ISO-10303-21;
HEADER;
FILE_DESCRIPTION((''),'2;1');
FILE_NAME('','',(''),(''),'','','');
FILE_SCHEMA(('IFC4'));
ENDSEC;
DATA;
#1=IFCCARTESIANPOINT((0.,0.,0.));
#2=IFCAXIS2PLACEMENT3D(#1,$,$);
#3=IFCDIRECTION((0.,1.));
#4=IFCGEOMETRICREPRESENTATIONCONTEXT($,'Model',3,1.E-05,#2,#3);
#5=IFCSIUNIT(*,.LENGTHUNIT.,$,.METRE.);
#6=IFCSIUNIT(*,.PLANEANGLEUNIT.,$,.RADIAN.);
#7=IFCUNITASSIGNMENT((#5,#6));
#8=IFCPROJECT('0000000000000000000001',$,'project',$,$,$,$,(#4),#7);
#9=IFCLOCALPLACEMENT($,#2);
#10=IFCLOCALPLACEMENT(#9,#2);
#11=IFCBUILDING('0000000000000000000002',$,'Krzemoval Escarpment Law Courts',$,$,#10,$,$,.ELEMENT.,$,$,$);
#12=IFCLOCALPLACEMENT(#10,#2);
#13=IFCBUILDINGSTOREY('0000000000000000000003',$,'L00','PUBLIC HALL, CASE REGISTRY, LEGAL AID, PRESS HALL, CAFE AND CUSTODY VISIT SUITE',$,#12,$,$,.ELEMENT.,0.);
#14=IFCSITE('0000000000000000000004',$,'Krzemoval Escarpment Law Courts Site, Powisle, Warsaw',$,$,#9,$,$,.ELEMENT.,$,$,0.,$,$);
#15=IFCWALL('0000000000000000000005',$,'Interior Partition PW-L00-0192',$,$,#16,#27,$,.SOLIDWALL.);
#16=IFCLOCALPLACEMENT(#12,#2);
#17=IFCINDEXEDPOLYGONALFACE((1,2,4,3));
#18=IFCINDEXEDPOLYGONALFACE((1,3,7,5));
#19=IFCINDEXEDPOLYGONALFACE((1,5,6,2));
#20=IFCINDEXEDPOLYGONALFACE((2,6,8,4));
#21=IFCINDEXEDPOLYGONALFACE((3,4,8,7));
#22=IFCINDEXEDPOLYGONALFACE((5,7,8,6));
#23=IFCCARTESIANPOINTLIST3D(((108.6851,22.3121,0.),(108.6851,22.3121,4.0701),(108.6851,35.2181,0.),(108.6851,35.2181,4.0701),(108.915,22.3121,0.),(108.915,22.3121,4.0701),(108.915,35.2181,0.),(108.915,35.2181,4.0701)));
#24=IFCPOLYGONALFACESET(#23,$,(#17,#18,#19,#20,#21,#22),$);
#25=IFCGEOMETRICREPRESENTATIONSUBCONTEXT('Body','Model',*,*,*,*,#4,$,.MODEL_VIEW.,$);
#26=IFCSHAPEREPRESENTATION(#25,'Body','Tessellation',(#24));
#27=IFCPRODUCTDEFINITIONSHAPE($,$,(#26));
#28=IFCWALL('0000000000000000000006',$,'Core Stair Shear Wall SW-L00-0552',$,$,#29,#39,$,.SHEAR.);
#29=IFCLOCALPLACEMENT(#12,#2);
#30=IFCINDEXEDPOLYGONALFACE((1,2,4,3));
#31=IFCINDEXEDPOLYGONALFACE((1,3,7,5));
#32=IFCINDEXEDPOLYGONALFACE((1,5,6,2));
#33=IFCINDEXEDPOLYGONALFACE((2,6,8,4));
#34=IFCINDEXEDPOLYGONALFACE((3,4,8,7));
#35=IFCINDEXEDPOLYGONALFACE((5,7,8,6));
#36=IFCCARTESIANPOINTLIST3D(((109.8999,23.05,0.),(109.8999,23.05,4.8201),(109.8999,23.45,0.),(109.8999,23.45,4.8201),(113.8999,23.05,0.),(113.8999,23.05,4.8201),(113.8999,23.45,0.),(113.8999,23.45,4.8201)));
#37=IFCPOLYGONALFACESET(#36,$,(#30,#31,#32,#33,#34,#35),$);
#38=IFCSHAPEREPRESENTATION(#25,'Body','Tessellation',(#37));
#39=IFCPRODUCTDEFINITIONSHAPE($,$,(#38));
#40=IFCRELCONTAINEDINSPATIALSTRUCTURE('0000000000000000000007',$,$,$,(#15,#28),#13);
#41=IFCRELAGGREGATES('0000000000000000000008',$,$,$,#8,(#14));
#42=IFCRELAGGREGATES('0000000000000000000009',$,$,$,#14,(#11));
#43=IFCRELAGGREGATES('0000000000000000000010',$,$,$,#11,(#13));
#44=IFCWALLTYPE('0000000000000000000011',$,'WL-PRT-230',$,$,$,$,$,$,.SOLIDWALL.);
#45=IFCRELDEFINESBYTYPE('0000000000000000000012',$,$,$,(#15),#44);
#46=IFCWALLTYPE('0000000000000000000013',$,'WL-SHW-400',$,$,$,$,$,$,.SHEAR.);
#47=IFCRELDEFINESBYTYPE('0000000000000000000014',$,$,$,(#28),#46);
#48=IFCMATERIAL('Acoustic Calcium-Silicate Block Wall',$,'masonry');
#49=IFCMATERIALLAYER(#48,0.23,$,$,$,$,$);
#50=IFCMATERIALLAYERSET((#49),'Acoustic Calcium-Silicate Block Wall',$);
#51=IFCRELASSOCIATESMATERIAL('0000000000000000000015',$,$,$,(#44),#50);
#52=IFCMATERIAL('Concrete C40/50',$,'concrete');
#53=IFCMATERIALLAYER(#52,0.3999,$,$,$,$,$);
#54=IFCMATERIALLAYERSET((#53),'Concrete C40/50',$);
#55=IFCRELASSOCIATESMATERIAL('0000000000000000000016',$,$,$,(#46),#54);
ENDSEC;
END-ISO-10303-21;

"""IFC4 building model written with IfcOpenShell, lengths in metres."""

from ifc_helpers import new_model, si_unit, direction, frame, frame_2d, origin, place, context, subcontext, project, spatial, rectangle, extrude, material, layer, layer_set, type_object, element, save


model = new_model("IFC4")

# Units and contexts
model_context = context("Model", 3, precision=1e-05, world=origin(), true_north=direction((0.0, 1.0)))
body_context = subcontext(model_context, "Body", "Model", "MODEL_VIEW")
ifc_project = project(units=[si_unit("LENGTHUNIT", "METRE"), si_unit("PLANEANGLEUNIT", "RADIAN")], contexts=[model_context])

# Site, building, storey
site_placement = place(None, origin())
site = spatial("IfcSite", under=ifc_project, at=site_placement, Name="Krzemoval Escarpment Law Courts Site, Powisle, Warsaw", CompositionType="ELEMENT", RefElevation=0.0)
building_placement = place(site_placement, origin())
building = spatial("IfcBuilding", under=site, at=building_placement, Name="Krzemoval Escarpment Law Courts", CompositionType="ELEMENT")
storey_placement = place(building_placement, origin())
storey = spatial("IfcBuildingStorey", under=building, at=storey_placement, Name="L00", Description="PUBLIC HALL, CASE REGISTRY, LEGAL AID, PRESS HALL, CAFE AND CUSTODY VISIT SUITE", CompositionType="ELEMENT", Elevation=0.0)

# Walls
ifc_material_1 = material(Name="Acoustic Calcium-Silicate Block Wall", Category="masonry")
ifc_layer_1 = layer(ifc_material_1, 0.23)
ifc_layer_set_1 = layer_set([ifc_layer_1], Name="Acoustic Calcium-Silicate Block Wall")
wall_type_1 = type_object("IfcWallType", Name="WL-PRT-230", PredefinedType="SOLIDWALL", material=ifc_layer_set_1)
wall_1_placement = place(storey_placement, frame((108.8, 22.312, 0.0), z_axis=(0.0, 0.0, 1.0), x_axis=(0.0, 1.0, 0.0)))
element("IfcWall", 1, at=wall_1_placement, inside=storey, type_object=wall_type_1, Name="Interior Partition PW-L00-0192", PredefinedType="SOLIDWALL", context=body_context, shape_type="SweptSolid", body=[
    extrude(rectangle(XDim=12.906, YDim=0.23, at=frame_2d((6.4531, 0.0))), origin(), (0.0, 0.0, 1.0), 4.0701),
])
ifc_material_2 = material(Name="Concrete C40/50", Category="concrete")
ifc_layer_2 = layer(ifc_material_2, 0.3999)
ifc_layer_set_2 = layer_set([ifc_layer_2], Name="Concrete C40/50")
wall_type_2 = type_object("IfcWallType", Name="WL-SHW-400", PredefinedType="SHEAR", material=ifc_layer_set_2)
wall_2_placement = place(storey_placement, frame((109.8999, 23.25, 0.0), z_axis=(0.0, 0.0, 1.0), x_axis=(1.0, 0.0, 0.0)))
element("IfcWall", 2, at=wall_2_placement, inside=storey, type_object=wall_type_2, Name="Core Stair Shear Wall SW-L00-0552", PredefinedType="SHEAR", context=body_context, shape_type="SweptSolid", body=[
    extrude(rectangle(XDim=4.0, YDim=0.3999, at=frame_2d((2.0, 0.0))), origin(), (0.0, 0.0, 1.0), 4.8201),
])

save(model, "model.ifc")
